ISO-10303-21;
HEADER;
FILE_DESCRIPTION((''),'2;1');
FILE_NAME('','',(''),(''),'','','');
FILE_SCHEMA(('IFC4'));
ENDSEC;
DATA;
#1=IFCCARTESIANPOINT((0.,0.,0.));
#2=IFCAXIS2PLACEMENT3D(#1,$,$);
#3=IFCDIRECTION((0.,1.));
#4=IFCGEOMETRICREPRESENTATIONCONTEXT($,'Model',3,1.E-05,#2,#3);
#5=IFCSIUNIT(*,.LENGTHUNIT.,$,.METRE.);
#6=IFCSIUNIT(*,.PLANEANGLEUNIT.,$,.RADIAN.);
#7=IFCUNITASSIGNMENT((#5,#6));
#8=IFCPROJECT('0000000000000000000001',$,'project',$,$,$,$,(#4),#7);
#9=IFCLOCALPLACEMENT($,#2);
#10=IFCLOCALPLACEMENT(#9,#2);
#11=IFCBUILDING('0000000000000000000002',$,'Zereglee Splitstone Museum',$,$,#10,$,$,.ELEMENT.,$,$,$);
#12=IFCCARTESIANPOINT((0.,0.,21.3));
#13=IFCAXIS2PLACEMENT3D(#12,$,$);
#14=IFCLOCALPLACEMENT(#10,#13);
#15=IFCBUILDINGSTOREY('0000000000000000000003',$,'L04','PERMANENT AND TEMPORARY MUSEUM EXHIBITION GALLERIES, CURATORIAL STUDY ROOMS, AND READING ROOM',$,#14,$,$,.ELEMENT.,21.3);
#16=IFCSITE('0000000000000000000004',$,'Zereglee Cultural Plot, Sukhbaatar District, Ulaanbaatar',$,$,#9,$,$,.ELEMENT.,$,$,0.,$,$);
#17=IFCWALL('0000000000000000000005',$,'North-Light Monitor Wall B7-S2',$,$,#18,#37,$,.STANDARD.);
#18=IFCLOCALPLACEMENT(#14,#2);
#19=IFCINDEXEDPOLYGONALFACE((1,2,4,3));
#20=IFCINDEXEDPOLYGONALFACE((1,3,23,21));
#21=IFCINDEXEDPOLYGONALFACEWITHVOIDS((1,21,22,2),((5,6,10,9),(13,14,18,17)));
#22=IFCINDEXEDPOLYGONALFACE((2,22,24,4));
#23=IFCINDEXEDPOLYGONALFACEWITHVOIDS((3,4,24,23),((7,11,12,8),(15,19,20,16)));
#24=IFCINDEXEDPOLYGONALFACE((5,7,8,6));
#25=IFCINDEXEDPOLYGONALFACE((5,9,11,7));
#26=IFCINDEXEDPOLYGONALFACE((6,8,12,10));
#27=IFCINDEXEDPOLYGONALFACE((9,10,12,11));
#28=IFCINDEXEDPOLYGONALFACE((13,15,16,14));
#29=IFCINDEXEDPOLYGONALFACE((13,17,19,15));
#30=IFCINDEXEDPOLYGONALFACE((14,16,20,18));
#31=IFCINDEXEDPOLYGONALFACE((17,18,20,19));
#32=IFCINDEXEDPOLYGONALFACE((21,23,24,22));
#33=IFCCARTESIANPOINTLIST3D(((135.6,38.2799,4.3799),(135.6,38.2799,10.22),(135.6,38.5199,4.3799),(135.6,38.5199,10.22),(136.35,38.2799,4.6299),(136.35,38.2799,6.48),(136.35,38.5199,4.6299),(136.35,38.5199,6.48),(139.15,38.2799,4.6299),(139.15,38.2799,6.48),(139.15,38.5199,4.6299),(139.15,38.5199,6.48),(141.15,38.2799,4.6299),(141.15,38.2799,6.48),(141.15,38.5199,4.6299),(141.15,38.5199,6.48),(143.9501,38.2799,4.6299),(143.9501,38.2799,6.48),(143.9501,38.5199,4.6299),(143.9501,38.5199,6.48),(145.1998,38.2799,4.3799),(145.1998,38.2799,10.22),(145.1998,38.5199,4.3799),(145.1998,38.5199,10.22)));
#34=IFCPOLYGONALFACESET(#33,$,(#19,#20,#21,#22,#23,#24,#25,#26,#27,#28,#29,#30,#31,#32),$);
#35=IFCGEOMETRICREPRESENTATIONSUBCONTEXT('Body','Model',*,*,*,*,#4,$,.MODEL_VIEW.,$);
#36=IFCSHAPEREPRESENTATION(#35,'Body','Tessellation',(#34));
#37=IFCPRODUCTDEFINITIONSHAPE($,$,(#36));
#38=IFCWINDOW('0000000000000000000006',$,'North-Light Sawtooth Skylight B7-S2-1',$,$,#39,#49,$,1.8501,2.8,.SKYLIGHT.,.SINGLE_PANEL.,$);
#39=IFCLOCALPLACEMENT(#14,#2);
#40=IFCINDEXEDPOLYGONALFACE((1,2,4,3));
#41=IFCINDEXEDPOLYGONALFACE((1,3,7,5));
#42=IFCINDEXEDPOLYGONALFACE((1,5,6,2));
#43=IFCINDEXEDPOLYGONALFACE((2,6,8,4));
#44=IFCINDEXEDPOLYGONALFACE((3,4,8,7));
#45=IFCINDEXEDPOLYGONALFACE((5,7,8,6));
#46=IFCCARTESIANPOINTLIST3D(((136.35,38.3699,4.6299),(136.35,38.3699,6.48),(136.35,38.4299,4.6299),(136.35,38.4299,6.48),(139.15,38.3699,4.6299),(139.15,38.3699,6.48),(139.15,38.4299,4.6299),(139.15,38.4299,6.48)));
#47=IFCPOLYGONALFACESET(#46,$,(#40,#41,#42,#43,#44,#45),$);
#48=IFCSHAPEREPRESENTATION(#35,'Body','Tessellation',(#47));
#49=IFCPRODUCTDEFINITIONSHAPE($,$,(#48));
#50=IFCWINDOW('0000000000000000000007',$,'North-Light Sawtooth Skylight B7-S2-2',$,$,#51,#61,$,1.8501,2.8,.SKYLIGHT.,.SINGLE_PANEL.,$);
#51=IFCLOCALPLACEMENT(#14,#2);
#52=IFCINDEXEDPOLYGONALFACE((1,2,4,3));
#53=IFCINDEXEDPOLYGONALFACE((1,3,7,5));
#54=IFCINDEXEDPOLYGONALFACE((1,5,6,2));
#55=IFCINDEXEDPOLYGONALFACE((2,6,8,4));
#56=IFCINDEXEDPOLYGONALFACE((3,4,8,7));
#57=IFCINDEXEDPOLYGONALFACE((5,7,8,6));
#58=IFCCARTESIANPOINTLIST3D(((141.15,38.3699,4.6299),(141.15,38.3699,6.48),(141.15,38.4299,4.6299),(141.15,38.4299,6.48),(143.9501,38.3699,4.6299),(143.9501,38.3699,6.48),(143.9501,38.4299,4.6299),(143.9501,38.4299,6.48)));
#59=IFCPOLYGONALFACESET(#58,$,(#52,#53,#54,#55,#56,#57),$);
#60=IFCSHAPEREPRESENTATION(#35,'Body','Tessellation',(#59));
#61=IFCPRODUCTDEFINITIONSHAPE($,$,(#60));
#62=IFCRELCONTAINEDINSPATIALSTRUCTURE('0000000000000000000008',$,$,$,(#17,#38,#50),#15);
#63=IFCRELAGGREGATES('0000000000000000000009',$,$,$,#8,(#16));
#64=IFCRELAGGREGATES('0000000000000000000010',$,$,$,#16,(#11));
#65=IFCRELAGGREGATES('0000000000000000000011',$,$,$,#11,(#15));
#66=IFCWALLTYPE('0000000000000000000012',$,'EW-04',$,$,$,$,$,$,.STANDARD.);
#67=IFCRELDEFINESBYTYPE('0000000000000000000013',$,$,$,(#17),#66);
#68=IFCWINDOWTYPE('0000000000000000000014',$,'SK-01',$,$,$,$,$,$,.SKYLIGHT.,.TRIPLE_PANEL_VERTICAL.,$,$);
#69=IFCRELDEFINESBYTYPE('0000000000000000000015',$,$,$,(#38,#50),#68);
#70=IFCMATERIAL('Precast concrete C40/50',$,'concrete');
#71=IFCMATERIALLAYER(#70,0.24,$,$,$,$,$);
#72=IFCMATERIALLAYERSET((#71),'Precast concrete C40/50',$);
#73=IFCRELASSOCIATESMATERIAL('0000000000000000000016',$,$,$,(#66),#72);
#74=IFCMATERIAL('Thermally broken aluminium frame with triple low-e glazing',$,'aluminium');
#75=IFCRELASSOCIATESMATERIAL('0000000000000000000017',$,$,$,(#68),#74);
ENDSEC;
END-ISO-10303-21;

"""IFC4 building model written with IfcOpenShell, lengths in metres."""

from ifc_helpers import new_model, si_unit, direction, frame, frame_2d, origin, place, context, subcontext, project, spatial, rectangle, extrude, material, layer, layer_set, type_object, element, fill, save


model = new_model("IFC4")

# Units and contexts
model_context = context("Model", 3, precision=1e-05, world=origin(), true_north=direction((0.0, 1.0)))
body_context = subcontext(model_context, "Body", "Model", "MODEL_VIEW")
ifc_project = project(units=[si_unit("LENGTHUNIT", "METRE"), si_unit("PLANEANGLEUNIT", "RADIAN")], contexts=[model_context])

# Site, building, storey
site_placement = place(None, origin())
site = spatial("IfcSite", under=ifc_project, at=site_placement, Name="Zereglee Cultural Plot, Sukhbaatar District, Ulaanbaatar", CompositionType="ELEMENT", RefElevation=0.0)
building_placement = place(site_placement, origin())
building = spatial("IfcBuilding", under=site, at=building_placement, Name="Zereglee Splitstone Museum", CompositionType="ELEMENT")
storey_placement = place(building_placement, frame((0.0, 0.0, 21.3)))
storey = spatial("IfcBuildingStorey", under=building, at=storey_placement, Name="L04", Description="PERMANENT AND TEMPORARY MUSEUM EXHIBITION GALLERIES, CURATORIAL STUDY ROOMS, AND READING ROOM", CompositionType="ELEMENT", Elevation=21.3)

# Wall, openings, windows
ifc_material_1 = material(Name="Precast concrete C40/50", Category="concrete")
ifc_layer_1 = layer(ifc_material_1, 0.24)
ifc_layer_set_1 = layer_set([ifc_layer_1], Name="Precast concrete C40/50")
wall_type = type_object("IfcWallType", Name="EW-04", PredefinedType="STANDARD", material=ifc_layer_set_1)
wall_placement = place(storey_placement, frame((135.6001, 38.3999, 4.3799), z_axis=(0.0, 0.0, 1.0), x_axis=(1.0, 0.0, 0.0)))
wall = element("IfcWall", 1, at=wall_placement, inside=storey, type_object=wall_type, Name="North-Light Monitor Wall B7-S2", PredefinedType="STANDARD", context=body_context, shape_type="SweptSolid", body=[
    extrude(rectangle(XDim=9.5999, YDim=0.24, at=frame_2d((4.7998, 0.0))), origin(), (0.0, 0.0, 1.0), 5.8401),
])
opening_1_placement = place(wall_placement, frame((0.75, 0.0, 0.25)))
opening_1 = element("IfcOpeningElement", 2, at=opening_1_placement, cuts=wall, PredefinedType="OPENING", context=body_context, shape_type="SweptSolid", body=[
    extrude(rectangle(XDim=2.8, YDim=1.8501, at=frame_2d((1.3999, 0.925))), frame((0.0, 0.1348, 0.0), z_axis=(0.0, -1.0, 0.0), x_axis=(1.0, 0.0, 0.0)), (0.0, 0.0, 1.0), 0.2698),
])
opening_2_placement = place(wall_placement, frame((5.55, 0.0, 0.25)))
opening_2 = element("IfcOpeningElement", 3, at=opening_2_placement, cuts=wall, PredefinedType="OPENING", context=body_context, shape_type="SweptSolid", body=[
    extrude(rectangle(XDim=2.8, YDim=1.8501, at=frame_2d((1.3999, 0.925))), frame((0.0, 0.1348, 0.0), z_axis=(0.0, -1.0, 0.0), x_axis=(1.0, 0.0, 0.0)), (0.0, 0.0, 1.0), 0.2698),
])
ifc_material_2 = material(Name="Thermally broken aluminium frame with triple low-e glazing", Category="aluminium")
window_type = type_object("IfcWindowType", Name="SK-01", PartitioningType="TRIPLE_PANEL_VERTICAL", PredefinedType="SKYLIGHT", material=ifc_material_2)
window_1_placement = place(opening_1_placement, origin())
window_1 = element("IfcWindow", 4, at=window_1_placement, inside=storey, type_object=window_type, Name="North-Light Sawtooth Skylight B7-S2-1", OverallHeight=1.8501, OverallWidth=2.8, PartitioningType="SINGLE_PANEL", PredefinedType="SKYLIGHT", context=body_context, shape_type="SweptSolid", body=[
    extrude(rectangle(XDim=2.8, YDim=1.8501, at=frame_2d((1.3999, 0.925))), frame((0.0, 0.03, 0.0), z_axis=(0.0, -1.0, 0.0), x_axis=(1.0, 0.0, 0.0)), (0.0, 0.0, 1.0), 0.0601),
])
fill(opening_1, window_1)
window_2_placement = place(opening_2_placement, origin())
window_2 = element("IfcWindow", 5, at=window_2_placement, inside=storey, type_object=window_type, Name="North-Light Sawtooth Skylight B7-S2-2", OverallHeight=1.8501, OverallWidth=2.8, PartitioningType="SINGLE_PANEL", PredefinedType="SKYLIGHT", context=body_context, shape_type="SweptSolid", body=[
    extrude(rectangle(XDim=2.8, YDim=1.8501, at=frame_2d((1.3999, 0.925))), frame((0.0, 0.03, 0.0), z_axis=(0.0, -1.0, 0.0), x_axis=(1.0, 0.0, 0.0)), (0.0, 0.0, 1.0), 0.0601),
])
fill(opening_2, window_2)

save(model, "model.ifc")
